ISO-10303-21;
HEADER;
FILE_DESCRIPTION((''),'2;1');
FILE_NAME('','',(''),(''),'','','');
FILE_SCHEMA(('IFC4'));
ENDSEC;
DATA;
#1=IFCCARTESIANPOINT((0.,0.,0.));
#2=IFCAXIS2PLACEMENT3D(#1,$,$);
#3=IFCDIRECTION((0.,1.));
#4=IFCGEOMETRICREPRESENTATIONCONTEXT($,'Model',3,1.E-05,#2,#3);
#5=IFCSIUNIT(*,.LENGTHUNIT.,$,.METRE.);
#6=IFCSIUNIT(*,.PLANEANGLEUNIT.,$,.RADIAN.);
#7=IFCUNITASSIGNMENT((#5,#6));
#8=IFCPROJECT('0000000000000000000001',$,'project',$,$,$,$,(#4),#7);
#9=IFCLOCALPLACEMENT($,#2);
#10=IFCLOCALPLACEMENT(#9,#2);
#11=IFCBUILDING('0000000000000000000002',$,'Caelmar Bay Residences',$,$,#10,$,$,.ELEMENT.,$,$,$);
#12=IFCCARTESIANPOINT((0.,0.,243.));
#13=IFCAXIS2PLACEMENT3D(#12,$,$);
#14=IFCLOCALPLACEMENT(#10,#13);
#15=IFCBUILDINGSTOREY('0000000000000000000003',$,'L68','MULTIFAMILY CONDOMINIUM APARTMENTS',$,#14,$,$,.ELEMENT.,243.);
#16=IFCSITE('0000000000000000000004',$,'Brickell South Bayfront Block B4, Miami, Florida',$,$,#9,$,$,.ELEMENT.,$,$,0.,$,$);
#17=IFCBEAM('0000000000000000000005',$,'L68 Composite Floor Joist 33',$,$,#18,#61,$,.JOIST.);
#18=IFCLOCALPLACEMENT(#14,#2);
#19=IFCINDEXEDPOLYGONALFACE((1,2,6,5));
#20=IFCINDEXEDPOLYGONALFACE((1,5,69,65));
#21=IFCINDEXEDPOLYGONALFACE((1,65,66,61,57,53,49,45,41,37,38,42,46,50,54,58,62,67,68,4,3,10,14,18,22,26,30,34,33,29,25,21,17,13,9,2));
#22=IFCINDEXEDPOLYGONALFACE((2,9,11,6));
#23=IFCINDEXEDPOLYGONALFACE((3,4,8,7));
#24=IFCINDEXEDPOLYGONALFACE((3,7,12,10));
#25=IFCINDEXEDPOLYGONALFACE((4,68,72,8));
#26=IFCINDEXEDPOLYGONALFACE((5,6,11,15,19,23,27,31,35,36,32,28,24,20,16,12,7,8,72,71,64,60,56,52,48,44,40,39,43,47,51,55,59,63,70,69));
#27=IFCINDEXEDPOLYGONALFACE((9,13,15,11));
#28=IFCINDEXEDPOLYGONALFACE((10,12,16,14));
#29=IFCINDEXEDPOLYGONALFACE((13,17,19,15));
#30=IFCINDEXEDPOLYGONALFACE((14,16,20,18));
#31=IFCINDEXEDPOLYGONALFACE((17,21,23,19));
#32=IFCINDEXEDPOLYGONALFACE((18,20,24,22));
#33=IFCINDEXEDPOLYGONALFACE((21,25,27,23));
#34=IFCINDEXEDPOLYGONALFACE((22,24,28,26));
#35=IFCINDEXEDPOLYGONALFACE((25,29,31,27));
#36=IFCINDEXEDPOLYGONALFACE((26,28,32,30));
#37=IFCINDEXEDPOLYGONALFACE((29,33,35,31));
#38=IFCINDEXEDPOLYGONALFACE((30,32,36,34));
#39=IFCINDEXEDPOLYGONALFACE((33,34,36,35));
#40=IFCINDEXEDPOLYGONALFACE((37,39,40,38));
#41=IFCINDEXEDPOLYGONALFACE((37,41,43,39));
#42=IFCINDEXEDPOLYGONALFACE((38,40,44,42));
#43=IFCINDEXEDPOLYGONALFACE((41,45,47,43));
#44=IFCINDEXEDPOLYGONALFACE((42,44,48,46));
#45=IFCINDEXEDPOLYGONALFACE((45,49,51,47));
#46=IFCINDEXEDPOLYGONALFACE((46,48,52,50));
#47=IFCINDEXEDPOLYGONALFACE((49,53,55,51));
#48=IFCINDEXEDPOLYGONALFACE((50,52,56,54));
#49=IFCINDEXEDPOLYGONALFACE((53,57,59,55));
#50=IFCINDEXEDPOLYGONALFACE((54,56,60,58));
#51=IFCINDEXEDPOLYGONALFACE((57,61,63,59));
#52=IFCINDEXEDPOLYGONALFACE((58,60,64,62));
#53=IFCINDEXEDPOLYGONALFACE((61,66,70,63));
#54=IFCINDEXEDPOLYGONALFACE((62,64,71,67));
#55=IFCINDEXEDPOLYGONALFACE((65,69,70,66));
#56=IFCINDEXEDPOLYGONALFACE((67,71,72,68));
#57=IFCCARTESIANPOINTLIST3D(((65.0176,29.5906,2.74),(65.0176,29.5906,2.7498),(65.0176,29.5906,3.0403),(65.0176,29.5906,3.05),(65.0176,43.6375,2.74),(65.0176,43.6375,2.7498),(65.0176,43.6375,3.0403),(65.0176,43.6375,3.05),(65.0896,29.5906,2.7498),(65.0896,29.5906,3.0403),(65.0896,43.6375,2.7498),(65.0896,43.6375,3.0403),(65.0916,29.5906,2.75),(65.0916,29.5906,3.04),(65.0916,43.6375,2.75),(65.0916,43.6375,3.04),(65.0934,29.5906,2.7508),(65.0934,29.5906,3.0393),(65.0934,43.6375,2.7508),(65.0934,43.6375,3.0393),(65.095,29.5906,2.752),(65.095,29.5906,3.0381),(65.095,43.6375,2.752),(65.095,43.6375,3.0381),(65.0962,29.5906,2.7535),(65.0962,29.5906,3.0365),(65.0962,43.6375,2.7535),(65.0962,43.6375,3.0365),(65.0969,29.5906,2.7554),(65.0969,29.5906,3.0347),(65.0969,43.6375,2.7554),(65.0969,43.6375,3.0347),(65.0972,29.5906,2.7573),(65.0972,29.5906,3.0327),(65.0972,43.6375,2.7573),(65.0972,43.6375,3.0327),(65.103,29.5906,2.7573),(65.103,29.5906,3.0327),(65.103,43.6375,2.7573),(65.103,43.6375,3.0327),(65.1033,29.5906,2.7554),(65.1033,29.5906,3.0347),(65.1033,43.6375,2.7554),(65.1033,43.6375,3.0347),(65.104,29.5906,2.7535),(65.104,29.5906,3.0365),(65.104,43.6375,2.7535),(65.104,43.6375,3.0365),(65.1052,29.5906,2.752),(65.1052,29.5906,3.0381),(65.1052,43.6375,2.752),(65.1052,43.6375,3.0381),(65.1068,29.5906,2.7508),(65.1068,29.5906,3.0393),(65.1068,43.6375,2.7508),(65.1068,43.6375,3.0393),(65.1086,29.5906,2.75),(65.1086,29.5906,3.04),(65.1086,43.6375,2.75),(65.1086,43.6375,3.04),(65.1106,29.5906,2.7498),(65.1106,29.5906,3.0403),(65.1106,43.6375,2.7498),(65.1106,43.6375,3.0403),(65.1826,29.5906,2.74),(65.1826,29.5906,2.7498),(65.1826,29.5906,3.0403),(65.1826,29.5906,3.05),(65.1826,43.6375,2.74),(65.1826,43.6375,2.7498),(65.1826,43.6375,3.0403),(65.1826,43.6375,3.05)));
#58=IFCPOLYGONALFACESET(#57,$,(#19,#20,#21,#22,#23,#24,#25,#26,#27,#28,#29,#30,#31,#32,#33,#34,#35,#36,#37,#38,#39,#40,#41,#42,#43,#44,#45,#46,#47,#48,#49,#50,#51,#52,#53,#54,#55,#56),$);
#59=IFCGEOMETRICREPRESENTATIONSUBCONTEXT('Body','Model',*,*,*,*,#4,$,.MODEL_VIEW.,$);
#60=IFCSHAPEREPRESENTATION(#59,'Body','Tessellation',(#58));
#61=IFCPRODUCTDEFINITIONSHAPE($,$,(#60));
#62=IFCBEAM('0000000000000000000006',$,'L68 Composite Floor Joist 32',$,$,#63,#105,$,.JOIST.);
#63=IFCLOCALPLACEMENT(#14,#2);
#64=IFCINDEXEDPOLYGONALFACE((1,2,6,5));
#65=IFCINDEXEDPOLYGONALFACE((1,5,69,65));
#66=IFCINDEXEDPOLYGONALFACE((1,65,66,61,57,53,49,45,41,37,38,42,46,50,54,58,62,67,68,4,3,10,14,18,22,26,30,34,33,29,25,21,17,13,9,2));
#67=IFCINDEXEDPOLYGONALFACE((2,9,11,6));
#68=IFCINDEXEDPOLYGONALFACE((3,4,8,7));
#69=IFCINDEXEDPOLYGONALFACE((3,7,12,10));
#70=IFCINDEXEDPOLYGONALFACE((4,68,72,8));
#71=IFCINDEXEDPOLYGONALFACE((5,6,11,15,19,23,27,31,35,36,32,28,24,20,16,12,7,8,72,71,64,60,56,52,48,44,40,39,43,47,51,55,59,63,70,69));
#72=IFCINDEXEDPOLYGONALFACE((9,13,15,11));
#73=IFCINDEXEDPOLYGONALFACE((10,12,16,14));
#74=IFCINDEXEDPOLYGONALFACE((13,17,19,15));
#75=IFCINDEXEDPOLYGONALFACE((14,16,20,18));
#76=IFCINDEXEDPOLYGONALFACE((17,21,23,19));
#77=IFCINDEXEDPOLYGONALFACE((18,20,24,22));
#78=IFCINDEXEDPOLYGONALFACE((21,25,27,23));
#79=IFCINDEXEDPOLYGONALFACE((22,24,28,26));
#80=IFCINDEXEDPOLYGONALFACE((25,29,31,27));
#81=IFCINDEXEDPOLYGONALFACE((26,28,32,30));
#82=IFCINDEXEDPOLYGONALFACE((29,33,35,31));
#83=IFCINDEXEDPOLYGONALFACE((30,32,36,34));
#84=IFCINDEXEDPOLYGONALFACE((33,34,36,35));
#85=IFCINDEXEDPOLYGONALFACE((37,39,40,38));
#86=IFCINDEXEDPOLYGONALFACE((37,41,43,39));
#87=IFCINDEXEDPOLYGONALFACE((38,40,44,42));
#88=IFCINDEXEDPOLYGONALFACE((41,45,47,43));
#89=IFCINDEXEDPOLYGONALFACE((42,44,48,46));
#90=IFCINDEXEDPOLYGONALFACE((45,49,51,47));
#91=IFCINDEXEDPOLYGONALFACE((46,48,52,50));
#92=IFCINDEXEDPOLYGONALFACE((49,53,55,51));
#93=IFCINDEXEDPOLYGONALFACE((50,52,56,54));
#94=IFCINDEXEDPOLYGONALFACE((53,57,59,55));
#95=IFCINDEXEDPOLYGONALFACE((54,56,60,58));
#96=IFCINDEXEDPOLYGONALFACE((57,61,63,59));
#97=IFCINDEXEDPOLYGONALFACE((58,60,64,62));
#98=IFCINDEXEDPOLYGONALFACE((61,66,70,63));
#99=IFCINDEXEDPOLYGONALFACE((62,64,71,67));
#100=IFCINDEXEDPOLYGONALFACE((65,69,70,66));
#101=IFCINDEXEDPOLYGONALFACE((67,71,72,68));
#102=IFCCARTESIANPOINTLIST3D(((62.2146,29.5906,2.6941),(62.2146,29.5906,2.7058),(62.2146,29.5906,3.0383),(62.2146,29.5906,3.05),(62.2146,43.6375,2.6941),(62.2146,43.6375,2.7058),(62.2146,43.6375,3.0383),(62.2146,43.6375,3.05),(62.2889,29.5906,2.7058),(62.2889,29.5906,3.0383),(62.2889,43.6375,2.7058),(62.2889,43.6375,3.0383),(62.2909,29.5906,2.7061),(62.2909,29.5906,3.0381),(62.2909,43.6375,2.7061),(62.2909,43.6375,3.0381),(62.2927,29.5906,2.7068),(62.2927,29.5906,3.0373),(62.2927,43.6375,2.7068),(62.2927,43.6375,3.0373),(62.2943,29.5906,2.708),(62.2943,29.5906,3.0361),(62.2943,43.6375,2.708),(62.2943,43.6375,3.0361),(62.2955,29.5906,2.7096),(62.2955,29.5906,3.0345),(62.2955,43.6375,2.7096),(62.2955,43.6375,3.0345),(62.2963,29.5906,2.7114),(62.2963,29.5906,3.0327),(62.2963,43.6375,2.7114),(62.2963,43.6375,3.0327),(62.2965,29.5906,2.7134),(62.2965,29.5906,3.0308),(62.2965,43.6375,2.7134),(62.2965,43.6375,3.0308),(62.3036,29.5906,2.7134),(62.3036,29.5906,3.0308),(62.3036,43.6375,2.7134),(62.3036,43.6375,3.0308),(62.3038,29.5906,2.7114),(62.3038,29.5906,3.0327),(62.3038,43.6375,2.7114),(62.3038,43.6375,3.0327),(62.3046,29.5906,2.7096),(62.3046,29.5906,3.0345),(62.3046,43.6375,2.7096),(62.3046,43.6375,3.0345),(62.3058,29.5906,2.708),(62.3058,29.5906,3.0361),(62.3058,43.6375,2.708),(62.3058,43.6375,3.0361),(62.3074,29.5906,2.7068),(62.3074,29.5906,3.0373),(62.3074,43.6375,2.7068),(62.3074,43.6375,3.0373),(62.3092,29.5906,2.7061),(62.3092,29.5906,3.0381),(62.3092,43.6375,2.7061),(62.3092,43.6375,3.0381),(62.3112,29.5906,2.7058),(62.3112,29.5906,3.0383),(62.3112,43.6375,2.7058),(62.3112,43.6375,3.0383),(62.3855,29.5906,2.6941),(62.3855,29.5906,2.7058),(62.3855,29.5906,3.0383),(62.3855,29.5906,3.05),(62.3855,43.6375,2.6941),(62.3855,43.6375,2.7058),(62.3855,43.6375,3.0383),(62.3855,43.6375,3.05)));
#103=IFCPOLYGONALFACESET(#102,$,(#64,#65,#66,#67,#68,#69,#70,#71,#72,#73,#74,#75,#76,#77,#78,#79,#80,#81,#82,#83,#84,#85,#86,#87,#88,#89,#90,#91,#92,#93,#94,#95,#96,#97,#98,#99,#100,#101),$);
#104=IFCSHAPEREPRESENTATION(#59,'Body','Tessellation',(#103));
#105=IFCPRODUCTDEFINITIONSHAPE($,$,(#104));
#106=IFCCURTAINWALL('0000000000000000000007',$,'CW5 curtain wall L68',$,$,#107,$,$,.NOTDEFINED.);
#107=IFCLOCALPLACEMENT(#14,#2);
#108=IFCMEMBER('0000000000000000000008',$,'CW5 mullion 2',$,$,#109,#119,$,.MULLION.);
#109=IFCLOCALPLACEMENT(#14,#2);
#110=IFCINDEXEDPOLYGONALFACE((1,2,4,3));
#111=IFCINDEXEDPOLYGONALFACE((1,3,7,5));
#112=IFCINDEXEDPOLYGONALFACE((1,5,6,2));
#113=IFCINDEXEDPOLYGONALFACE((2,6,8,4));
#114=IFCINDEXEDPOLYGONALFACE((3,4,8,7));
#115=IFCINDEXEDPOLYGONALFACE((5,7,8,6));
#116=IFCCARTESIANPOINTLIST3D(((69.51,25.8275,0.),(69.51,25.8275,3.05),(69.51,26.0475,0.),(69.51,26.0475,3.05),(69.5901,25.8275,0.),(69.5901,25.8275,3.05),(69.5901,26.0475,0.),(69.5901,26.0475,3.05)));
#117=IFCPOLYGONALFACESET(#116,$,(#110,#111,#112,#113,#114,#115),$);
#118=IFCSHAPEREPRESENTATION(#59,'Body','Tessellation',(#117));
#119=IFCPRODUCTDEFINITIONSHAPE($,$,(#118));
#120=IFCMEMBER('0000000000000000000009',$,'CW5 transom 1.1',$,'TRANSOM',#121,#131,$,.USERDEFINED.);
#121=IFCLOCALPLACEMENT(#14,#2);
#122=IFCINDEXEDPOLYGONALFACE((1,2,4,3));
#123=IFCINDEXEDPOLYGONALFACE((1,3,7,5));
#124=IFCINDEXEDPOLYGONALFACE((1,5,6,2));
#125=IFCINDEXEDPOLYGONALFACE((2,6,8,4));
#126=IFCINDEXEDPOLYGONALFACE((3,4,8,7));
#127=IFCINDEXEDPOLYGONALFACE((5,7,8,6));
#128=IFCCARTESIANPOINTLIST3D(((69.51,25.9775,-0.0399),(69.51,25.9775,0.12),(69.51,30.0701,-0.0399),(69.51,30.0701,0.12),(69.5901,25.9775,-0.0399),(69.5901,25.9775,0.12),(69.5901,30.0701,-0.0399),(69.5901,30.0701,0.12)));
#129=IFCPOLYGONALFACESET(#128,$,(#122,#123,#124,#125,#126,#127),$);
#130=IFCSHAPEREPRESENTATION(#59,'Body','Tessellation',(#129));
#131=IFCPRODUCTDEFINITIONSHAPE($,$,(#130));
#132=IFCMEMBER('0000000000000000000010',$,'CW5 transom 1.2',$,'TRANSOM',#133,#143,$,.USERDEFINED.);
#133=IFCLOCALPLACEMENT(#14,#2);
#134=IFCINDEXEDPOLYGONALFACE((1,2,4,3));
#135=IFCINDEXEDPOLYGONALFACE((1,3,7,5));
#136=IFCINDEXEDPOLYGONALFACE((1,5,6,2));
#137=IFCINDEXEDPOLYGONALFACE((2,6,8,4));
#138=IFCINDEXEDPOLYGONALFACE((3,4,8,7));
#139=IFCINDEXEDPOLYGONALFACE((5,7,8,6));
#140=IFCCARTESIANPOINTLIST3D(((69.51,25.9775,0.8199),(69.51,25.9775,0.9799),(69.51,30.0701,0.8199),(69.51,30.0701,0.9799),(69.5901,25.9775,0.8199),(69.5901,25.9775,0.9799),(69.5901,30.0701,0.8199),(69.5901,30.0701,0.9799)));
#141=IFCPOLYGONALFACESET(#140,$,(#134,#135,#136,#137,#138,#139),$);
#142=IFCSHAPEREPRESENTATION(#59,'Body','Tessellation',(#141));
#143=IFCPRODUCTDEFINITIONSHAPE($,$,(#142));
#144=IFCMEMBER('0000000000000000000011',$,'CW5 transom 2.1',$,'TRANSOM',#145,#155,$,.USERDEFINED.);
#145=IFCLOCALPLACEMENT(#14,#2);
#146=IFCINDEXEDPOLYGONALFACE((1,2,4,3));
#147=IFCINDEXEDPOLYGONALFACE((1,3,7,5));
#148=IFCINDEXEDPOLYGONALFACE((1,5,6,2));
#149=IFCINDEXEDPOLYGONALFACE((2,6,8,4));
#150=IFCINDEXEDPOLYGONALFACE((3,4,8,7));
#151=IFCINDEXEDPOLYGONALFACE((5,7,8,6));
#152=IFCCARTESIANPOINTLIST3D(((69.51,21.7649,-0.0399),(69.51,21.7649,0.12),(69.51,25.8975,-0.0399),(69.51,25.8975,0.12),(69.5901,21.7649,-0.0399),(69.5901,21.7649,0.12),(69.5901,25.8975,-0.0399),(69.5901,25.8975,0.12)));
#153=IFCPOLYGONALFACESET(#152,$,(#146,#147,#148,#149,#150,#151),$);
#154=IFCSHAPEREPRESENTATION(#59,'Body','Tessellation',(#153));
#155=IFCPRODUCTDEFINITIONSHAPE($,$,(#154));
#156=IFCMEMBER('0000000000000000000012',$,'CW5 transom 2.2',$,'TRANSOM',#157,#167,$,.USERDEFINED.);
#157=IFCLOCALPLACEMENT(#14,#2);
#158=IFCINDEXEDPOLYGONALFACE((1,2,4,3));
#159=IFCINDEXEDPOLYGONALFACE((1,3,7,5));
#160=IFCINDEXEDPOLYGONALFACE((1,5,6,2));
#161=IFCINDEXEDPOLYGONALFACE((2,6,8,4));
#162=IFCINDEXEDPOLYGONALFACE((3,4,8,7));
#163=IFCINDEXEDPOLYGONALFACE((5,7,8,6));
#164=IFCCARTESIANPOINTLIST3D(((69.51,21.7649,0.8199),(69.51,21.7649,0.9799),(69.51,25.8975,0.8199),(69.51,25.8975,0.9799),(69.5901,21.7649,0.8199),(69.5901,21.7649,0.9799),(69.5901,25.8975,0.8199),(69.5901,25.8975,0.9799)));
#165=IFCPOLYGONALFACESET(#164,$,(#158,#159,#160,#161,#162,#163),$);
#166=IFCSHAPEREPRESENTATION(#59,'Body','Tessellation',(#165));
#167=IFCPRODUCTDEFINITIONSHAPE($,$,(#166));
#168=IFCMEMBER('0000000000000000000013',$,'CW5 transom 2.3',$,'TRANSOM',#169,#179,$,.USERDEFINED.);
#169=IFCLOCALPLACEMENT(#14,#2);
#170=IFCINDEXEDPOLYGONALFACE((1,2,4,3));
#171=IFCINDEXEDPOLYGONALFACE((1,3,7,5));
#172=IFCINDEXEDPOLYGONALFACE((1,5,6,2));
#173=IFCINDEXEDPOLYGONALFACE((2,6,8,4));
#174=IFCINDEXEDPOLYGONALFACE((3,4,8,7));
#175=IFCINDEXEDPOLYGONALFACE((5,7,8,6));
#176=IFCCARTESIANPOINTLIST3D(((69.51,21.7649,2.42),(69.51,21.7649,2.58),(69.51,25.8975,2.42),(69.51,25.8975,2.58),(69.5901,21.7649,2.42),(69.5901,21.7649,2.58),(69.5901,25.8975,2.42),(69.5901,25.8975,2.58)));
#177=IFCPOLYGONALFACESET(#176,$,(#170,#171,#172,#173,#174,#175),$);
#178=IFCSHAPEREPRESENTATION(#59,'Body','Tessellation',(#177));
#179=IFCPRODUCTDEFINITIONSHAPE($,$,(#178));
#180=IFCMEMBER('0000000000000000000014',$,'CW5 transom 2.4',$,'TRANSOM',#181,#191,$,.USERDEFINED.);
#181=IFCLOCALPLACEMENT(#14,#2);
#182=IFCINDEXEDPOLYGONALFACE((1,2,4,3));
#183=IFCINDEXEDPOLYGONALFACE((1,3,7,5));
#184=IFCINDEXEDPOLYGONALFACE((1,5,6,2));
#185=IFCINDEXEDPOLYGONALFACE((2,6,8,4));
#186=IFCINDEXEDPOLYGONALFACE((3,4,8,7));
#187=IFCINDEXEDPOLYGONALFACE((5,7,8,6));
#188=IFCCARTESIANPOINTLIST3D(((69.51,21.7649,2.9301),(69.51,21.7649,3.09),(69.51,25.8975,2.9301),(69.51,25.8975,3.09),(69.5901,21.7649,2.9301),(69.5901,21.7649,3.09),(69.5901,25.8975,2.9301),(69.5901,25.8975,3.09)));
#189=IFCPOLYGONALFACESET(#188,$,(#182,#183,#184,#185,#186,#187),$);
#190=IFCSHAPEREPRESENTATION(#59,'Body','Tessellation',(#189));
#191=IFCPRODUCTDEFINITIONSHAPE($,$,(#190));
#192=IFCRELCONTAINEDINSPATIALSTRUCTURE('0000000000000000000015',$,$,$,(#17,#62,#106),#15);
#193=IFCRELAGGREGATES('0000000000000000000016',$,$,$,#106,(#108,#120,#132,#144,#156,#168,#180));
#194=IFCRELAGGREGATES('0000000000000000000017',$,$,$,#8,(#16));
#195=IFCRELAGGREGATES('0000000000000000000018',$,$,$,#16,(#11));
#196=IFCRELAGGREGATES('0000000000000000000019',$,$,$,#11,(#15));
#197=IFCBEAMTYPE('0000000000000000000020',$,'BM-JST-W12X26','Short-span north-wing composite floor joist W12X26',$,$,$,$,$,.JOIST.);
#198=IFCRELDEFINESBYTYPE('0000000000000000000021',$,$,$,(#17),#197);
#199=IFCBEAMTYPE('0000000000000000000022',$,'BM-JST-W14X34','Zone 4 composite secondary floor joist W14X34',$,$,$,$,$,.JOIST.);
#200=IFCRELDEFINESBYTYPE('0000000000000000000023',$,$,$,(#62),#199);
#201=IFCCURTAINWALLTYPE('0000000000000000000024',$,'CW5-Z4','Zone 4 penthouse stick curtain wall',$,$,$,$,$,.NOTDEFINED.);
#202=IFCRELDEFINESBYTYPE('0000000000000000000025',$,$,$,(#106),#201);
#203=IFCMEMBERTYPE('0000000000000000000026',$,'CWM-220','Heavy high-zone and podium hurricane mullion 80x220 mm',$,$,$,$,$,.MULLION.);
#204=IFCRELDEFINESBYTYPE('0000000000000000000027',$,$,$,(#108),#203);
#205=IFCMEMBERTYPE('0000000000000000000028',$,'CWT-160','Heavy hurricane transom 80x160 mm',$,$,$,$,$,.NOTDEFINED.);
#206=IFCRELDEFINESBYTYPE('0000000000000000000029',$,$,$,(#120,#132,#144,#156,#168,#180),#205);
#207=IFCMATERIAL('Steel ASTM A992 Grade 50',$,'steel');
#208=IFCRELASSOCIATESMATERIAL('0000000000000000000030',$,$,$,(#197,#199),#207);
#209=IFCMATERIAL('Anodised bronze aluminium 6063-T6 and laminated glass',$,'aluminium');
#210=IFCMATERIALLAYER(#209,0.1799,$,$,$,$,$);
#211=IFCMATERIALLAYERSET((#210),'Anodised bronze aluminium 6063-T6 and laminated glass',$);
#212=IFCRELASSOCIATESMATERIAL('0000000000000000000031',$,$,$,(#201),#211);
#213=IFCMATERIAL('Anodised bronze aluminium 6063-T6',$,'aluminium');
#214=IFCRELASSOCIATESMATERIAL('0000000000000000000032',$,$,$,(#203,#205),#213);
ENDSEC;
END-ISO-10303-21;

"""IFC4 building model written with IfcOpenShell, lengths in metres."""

from ifc_helpers import new_model, si_unit, direction, frame, origin, origin_2d, place, context, subcontext, project, spatial, rectangle, i_section, extrude, material, layer, layer_set, material_profile, profile_set, type_object, element, aggregate, save


model = new_model("IFC4")

# Units and contexts
model_context = context("Model", 3, precision=1e-05, world=origin(), true_north=direction((0.0, 1.0)))
body_context = subcontext(model_context, "Body", "Model", "MODEL_VIEW")
ifc_project = project(units=[si_unit("LENGTHUNIT", "METRE"), si_unit("PLANEANGLEUNIT", "RADIAN")], contexts=[model_context])

# Site, building, storey
site_placement = place(None, origin())
site = spatial("IfcSite", under=ifc_project, at=site_placement, Name="Brickell South Bayfront Block B4, Miami, Florida", CompositionType="ELEMENT", RefElevation=0.0)
building_placement = place(site_placement, origin())
building = spatial("IfcBuilding", under=site, at=building_placement, Name="Caelmar Bay Residences", CompositionType="ELEMENT")
storey_placement = place(building_placement, frame((0.0, 0.0, 243.0)))
storey = spatial("IfcBuildingStorey", under=building, at=storey_placement, Name="L68", Description="MULTIFAMILY CONDOMINIUM APARTMENTS", CompositionType="ELEMENT", Elevation=243.0)

# Beams
ifc_material_1 = material(Name="Steel ASTM A992 Grade 50", Category="steel")
ifc_material_profile_1 = material_profile(ifc_material_1, i_section(OverallWidth=0.165, OverallDepth=0.3101, WebThickness=0.0059, FlangeThickness=0.0098, FilletRadius=0.0076, at=origin_2d()), Name="W12X26")
ifc_profile_set_1 = profile_set([ifc_material_profile_1], Name="Steel ASTM A992 Grade 50")
beam_type_1 = type_object("IfcBeamType", Name="BM-JST-W12X26", Description="Short-span north-wing composite floor joist W12X26", PredefinedType="JOIST", material=ifc_profile_set_1)
beam_1_placement = place(storey_placement, frame((65.1001, 29.5906, 2.895), z_axis=(0.0, 1.0, 0.0), x_axis=(-1.0, 0.0, 0.0)))
element("IfcBeam", 1, at=beam_1_placement, inside=storey, type_object=beam_type_1, Name="L68 Composite Floor Joist 33", PredefinedType="JOIST", context=body_context, shape_type="SweptSolid", body=[
    extrude(i_section(OverallWidth=0.165, OverallDepth=0.3101, WebThickness=0.0059, FlangeThickness=0.0098, FilletRadius=0.0076, at=origin_2d()), origin(), (0.0, 0.0, 1.0), 14.0469),
])
ifc_material_profile_2 = material_profile(ifc_material_1, i_section(OverallWidth=0.1709, OverallDepth=0.356, WebThickness=0.0071, FlangeThickness=0.0117, FilletRadius=0.0076, at=origin_2d()), Name="W14X34")
ifc_profile_set_2 = profile_set([ifc_material_profile_2], Name="Steel ASTM A992 Grade 50")
beam_type_2 = type_object("IfcBeamType", Name="BM-JST-W14X34", Description="Zone 4 composite secondary floor joist W14X34", PredefinedType="JOIST", material=ifc_profile_set_2)
beam_2_placement = place(storey_placement, frame((62.3, 29.5906, 2.8721), z_axis=(0.0, 1.0, 0.0), x_axis=(-1.0, 0.0, 0.0)))
element("IfcBeam", 2, at=beam_2_placement, inside=storey, type_object=beam_type_2, Name="L68 Composite Floor Joist 32", PredefinedType="JOIST", context=body_context, shape_type="SweptSolid", body=[
    extrude(i_section(OverallWidth=0.1709, OverallDepth=0.356, WebThickness=0.0071, FlangeThickness=0.0117, FilletRadius=0.0076, at=origin_2d()), origin(), (0.0, 0.0, 1.0), 14.0469),
])

# Curtain wall, members
ifc_material_2 = material(Name="Anodised bronze aluminium 6063-T6 and laminated glass", Category="aluminium")
ifc_layer_1 = layer(ifc_material_2, 0.1799)
ifc_layer_set_1 = layer_set([ifc_layer_1], Name="Anodised bronze aluminium 6063-T6 and laminated glass")
curtain_wall_type = type_object("IfcCurtainWallType", Name="CW5-Z4", Description="Zone 4 penthouse stick curtain wall", PredefinedType="NOTDEFINED", material=ifc_layer_set_1)
curtain_wall_placement = place(storey_placement, origin())
curtain_wall = element("IfcCurtainWall", 3, at=curtain_wall_placement, inside=storey, type_object=curtain_wall_type, Name="CW5 curtain wall L68", PredefinedType="NOTDEFINED")
ifc_material_3 = material(Name="Anodised bronze aluminium 6063-T6", Category="aluminium")
ifc_material_profile_3 = material_profile(ifc_material_3, rectangle(XDim=0.0801, YDim=0.22, at=origin_2d()), Name="CWM-80X220")
ifc_profile_set_3 = profile_set([ifc_material_profile_3], Name="Anodised bronze aluminium 6063-T6")
member_type_1 = type_object("IfcMemberType", Name="CWM-220", Description="Heavy high-zone and podium hurricane mullion 80x220 mm", PredefinedType="MULLION", material=ifc_profile_set_3)
member_1_placement = place(storey_placement, frame((69.55, 25.9375, 0.0), z_axis=(0.0, 0.0, 1.0), x_axis=(1.0, 0.0, 0.0)))
member_1 = element("IfcMember", 4, at=member_1_placement, type_object=member_type_1, Name="CW5 mullion 2", PredefinedType="MULLION", context=body_context, shape_type="SweptSolid", body=[
    extrude(rectangle(XDim=0.0801, YDim=0.22, at=origin_2d()), origin(), (0.0, 0.0, 1.0), 3.05),
])
ifc_material_profile_4 = material_profile(ifc_material_3, rectangle(XDim=0.0801, YDim=0.1599, at=origin_2d()), Name="CWT-80X160")
ifc_profile_set_4 = profile_set([ifc_material_profile_4], Name="Anodised bronze aluminium 6063-T6")
member_type_2 = type_object("IfcMemberType", Name="CWT-160", Description="Heavy hurricane transom 80x160 mm", PredefinedType="NOTDEFINED", material=ifc_profile_set_4)
member_2_placement = place(storey_placement, frame((69.55, 30.0701, 0.04), z_axis=(0.0, -1.0, 0.0), x_axis=(1.0, 0.0, 0.0)))
member_2 = element("IfcMember", 5, at=member_2_placement, type_object=member_type_2, Name="CW5 transom 1.1", ObjectType="TRANSOM", PredefinedType="USERDEFINED", context=body_context, shape_type="SweptSolid", body=[
    extrude(rectangle(XDim=0.0801, YDim=0.1599, at=origin_2d()), origin(), (0.0, 0.0, 1.0), 4.0925),
])
member_3_placement = place(storey_placement, frame((69.55, 30.0701, 0.8999), z_axis=(0.0, -1.0, 0.0), x_axis=(1.0, 0.0, 0.0)))
member_3 = element("IfcMember", 6, at=member_3_placement, type_object=member_type_2, Name="CW5 transom 1.2", ObjectType="TRANSOM", PredefinedType="USERDEFINED", context=body_context, shape_type="SweptSolid", body=[
    extrude(rectangle(XDim=0.0801, YDim=0.1599, at=origin_2d()), origin(), (0.0, 0.0, 1.0), 4.0925),
])
member_4_placement = place(storey_placement, frame((69.55, 25.8975, 0.04), z_axis=(0.0, -1.0, 0.0), x_axis=(1.0, 0.0, 0.0)))
member_4 = element("IfcMember", 7, at=member_4_placement, type_object=member_type_2, Name="CW5 transom 2.1", ObjectType="TRANSOM", PredefinedType="USERDEFINED", context=body_context, shape_type="SweptSolid", body=[
    extrude(rectangle(XDim=0.0801, YDim=0.1599, at=origin_2d()), origin(), (0.0, 0.0, 1.0), 4.1326),
])
member_5_placement = place(storey_placement, frame((69.55, 25.8975, 0.8999), z_axis=(0.0, -1.0, 0.0), x_axis=(1.0, 0.0, 0.0)))
member_5 = element("IfcMember", 8, at=member_5_placement, type_object=member_type_2, Name="CW5 transom 2.2", ObjectType="TRANSOM", PredefinedType="USERDEFINED", context=body_context, shape_type="SweptSolid", body=[
    extrude(rectangle(XDim=0.0801, YDim=0.1599, at=origin_2d()), origin(), (0.0, 0.0, 1.0), 4.1326),
])
member_6_placement = place(storey_placement, frame((69.55, 25.8975, 2.5), z_axis=(0.0, -1.0, 0.0), x_axis=(1.0, 0.0, 0.0)))
member_6 = element("IfcMember", 9, at=member_6_placement, type_object=member_type_2, Name="CW5 transom 2.3", ObjectType="TRANSOM", PredefinedType="USERDEFINED", context=body_context, shape_type="SweptSolid", body=[
    extrude(rectangle(XDim=0.0801, YDim=0.1599, at=origin_2d()), origin(), (0.0, 0.0, 1.0), 4.1326),
])
member_7_placement = place(storey_placement, frame((69.55, 25.8975, 3.01), z_axis=(0.0, -1.0, 0.0), x_axis=(1.0, 0.0, 0.0)))
member_7 = element("IfcMember", 10, at=member_7_placement, type_object=member_type_2, Name="CW5 transom 2.4", ObjectType="TRANSOM", PredefinedType="USERDEFINED", context=body_context, shape_type="SweptSolid", body=[
    extrude(rectangle(XDim=0.0801, YDim=0.1599, at=origin_2d()), origin(), (0.0, 0.0, 1.0), 4.1326),
])
aggregate(curtain_wall, [member_1, member_2, member_3, member_4, member_5, member_6, member_7])

save(model, "model.ifc")
